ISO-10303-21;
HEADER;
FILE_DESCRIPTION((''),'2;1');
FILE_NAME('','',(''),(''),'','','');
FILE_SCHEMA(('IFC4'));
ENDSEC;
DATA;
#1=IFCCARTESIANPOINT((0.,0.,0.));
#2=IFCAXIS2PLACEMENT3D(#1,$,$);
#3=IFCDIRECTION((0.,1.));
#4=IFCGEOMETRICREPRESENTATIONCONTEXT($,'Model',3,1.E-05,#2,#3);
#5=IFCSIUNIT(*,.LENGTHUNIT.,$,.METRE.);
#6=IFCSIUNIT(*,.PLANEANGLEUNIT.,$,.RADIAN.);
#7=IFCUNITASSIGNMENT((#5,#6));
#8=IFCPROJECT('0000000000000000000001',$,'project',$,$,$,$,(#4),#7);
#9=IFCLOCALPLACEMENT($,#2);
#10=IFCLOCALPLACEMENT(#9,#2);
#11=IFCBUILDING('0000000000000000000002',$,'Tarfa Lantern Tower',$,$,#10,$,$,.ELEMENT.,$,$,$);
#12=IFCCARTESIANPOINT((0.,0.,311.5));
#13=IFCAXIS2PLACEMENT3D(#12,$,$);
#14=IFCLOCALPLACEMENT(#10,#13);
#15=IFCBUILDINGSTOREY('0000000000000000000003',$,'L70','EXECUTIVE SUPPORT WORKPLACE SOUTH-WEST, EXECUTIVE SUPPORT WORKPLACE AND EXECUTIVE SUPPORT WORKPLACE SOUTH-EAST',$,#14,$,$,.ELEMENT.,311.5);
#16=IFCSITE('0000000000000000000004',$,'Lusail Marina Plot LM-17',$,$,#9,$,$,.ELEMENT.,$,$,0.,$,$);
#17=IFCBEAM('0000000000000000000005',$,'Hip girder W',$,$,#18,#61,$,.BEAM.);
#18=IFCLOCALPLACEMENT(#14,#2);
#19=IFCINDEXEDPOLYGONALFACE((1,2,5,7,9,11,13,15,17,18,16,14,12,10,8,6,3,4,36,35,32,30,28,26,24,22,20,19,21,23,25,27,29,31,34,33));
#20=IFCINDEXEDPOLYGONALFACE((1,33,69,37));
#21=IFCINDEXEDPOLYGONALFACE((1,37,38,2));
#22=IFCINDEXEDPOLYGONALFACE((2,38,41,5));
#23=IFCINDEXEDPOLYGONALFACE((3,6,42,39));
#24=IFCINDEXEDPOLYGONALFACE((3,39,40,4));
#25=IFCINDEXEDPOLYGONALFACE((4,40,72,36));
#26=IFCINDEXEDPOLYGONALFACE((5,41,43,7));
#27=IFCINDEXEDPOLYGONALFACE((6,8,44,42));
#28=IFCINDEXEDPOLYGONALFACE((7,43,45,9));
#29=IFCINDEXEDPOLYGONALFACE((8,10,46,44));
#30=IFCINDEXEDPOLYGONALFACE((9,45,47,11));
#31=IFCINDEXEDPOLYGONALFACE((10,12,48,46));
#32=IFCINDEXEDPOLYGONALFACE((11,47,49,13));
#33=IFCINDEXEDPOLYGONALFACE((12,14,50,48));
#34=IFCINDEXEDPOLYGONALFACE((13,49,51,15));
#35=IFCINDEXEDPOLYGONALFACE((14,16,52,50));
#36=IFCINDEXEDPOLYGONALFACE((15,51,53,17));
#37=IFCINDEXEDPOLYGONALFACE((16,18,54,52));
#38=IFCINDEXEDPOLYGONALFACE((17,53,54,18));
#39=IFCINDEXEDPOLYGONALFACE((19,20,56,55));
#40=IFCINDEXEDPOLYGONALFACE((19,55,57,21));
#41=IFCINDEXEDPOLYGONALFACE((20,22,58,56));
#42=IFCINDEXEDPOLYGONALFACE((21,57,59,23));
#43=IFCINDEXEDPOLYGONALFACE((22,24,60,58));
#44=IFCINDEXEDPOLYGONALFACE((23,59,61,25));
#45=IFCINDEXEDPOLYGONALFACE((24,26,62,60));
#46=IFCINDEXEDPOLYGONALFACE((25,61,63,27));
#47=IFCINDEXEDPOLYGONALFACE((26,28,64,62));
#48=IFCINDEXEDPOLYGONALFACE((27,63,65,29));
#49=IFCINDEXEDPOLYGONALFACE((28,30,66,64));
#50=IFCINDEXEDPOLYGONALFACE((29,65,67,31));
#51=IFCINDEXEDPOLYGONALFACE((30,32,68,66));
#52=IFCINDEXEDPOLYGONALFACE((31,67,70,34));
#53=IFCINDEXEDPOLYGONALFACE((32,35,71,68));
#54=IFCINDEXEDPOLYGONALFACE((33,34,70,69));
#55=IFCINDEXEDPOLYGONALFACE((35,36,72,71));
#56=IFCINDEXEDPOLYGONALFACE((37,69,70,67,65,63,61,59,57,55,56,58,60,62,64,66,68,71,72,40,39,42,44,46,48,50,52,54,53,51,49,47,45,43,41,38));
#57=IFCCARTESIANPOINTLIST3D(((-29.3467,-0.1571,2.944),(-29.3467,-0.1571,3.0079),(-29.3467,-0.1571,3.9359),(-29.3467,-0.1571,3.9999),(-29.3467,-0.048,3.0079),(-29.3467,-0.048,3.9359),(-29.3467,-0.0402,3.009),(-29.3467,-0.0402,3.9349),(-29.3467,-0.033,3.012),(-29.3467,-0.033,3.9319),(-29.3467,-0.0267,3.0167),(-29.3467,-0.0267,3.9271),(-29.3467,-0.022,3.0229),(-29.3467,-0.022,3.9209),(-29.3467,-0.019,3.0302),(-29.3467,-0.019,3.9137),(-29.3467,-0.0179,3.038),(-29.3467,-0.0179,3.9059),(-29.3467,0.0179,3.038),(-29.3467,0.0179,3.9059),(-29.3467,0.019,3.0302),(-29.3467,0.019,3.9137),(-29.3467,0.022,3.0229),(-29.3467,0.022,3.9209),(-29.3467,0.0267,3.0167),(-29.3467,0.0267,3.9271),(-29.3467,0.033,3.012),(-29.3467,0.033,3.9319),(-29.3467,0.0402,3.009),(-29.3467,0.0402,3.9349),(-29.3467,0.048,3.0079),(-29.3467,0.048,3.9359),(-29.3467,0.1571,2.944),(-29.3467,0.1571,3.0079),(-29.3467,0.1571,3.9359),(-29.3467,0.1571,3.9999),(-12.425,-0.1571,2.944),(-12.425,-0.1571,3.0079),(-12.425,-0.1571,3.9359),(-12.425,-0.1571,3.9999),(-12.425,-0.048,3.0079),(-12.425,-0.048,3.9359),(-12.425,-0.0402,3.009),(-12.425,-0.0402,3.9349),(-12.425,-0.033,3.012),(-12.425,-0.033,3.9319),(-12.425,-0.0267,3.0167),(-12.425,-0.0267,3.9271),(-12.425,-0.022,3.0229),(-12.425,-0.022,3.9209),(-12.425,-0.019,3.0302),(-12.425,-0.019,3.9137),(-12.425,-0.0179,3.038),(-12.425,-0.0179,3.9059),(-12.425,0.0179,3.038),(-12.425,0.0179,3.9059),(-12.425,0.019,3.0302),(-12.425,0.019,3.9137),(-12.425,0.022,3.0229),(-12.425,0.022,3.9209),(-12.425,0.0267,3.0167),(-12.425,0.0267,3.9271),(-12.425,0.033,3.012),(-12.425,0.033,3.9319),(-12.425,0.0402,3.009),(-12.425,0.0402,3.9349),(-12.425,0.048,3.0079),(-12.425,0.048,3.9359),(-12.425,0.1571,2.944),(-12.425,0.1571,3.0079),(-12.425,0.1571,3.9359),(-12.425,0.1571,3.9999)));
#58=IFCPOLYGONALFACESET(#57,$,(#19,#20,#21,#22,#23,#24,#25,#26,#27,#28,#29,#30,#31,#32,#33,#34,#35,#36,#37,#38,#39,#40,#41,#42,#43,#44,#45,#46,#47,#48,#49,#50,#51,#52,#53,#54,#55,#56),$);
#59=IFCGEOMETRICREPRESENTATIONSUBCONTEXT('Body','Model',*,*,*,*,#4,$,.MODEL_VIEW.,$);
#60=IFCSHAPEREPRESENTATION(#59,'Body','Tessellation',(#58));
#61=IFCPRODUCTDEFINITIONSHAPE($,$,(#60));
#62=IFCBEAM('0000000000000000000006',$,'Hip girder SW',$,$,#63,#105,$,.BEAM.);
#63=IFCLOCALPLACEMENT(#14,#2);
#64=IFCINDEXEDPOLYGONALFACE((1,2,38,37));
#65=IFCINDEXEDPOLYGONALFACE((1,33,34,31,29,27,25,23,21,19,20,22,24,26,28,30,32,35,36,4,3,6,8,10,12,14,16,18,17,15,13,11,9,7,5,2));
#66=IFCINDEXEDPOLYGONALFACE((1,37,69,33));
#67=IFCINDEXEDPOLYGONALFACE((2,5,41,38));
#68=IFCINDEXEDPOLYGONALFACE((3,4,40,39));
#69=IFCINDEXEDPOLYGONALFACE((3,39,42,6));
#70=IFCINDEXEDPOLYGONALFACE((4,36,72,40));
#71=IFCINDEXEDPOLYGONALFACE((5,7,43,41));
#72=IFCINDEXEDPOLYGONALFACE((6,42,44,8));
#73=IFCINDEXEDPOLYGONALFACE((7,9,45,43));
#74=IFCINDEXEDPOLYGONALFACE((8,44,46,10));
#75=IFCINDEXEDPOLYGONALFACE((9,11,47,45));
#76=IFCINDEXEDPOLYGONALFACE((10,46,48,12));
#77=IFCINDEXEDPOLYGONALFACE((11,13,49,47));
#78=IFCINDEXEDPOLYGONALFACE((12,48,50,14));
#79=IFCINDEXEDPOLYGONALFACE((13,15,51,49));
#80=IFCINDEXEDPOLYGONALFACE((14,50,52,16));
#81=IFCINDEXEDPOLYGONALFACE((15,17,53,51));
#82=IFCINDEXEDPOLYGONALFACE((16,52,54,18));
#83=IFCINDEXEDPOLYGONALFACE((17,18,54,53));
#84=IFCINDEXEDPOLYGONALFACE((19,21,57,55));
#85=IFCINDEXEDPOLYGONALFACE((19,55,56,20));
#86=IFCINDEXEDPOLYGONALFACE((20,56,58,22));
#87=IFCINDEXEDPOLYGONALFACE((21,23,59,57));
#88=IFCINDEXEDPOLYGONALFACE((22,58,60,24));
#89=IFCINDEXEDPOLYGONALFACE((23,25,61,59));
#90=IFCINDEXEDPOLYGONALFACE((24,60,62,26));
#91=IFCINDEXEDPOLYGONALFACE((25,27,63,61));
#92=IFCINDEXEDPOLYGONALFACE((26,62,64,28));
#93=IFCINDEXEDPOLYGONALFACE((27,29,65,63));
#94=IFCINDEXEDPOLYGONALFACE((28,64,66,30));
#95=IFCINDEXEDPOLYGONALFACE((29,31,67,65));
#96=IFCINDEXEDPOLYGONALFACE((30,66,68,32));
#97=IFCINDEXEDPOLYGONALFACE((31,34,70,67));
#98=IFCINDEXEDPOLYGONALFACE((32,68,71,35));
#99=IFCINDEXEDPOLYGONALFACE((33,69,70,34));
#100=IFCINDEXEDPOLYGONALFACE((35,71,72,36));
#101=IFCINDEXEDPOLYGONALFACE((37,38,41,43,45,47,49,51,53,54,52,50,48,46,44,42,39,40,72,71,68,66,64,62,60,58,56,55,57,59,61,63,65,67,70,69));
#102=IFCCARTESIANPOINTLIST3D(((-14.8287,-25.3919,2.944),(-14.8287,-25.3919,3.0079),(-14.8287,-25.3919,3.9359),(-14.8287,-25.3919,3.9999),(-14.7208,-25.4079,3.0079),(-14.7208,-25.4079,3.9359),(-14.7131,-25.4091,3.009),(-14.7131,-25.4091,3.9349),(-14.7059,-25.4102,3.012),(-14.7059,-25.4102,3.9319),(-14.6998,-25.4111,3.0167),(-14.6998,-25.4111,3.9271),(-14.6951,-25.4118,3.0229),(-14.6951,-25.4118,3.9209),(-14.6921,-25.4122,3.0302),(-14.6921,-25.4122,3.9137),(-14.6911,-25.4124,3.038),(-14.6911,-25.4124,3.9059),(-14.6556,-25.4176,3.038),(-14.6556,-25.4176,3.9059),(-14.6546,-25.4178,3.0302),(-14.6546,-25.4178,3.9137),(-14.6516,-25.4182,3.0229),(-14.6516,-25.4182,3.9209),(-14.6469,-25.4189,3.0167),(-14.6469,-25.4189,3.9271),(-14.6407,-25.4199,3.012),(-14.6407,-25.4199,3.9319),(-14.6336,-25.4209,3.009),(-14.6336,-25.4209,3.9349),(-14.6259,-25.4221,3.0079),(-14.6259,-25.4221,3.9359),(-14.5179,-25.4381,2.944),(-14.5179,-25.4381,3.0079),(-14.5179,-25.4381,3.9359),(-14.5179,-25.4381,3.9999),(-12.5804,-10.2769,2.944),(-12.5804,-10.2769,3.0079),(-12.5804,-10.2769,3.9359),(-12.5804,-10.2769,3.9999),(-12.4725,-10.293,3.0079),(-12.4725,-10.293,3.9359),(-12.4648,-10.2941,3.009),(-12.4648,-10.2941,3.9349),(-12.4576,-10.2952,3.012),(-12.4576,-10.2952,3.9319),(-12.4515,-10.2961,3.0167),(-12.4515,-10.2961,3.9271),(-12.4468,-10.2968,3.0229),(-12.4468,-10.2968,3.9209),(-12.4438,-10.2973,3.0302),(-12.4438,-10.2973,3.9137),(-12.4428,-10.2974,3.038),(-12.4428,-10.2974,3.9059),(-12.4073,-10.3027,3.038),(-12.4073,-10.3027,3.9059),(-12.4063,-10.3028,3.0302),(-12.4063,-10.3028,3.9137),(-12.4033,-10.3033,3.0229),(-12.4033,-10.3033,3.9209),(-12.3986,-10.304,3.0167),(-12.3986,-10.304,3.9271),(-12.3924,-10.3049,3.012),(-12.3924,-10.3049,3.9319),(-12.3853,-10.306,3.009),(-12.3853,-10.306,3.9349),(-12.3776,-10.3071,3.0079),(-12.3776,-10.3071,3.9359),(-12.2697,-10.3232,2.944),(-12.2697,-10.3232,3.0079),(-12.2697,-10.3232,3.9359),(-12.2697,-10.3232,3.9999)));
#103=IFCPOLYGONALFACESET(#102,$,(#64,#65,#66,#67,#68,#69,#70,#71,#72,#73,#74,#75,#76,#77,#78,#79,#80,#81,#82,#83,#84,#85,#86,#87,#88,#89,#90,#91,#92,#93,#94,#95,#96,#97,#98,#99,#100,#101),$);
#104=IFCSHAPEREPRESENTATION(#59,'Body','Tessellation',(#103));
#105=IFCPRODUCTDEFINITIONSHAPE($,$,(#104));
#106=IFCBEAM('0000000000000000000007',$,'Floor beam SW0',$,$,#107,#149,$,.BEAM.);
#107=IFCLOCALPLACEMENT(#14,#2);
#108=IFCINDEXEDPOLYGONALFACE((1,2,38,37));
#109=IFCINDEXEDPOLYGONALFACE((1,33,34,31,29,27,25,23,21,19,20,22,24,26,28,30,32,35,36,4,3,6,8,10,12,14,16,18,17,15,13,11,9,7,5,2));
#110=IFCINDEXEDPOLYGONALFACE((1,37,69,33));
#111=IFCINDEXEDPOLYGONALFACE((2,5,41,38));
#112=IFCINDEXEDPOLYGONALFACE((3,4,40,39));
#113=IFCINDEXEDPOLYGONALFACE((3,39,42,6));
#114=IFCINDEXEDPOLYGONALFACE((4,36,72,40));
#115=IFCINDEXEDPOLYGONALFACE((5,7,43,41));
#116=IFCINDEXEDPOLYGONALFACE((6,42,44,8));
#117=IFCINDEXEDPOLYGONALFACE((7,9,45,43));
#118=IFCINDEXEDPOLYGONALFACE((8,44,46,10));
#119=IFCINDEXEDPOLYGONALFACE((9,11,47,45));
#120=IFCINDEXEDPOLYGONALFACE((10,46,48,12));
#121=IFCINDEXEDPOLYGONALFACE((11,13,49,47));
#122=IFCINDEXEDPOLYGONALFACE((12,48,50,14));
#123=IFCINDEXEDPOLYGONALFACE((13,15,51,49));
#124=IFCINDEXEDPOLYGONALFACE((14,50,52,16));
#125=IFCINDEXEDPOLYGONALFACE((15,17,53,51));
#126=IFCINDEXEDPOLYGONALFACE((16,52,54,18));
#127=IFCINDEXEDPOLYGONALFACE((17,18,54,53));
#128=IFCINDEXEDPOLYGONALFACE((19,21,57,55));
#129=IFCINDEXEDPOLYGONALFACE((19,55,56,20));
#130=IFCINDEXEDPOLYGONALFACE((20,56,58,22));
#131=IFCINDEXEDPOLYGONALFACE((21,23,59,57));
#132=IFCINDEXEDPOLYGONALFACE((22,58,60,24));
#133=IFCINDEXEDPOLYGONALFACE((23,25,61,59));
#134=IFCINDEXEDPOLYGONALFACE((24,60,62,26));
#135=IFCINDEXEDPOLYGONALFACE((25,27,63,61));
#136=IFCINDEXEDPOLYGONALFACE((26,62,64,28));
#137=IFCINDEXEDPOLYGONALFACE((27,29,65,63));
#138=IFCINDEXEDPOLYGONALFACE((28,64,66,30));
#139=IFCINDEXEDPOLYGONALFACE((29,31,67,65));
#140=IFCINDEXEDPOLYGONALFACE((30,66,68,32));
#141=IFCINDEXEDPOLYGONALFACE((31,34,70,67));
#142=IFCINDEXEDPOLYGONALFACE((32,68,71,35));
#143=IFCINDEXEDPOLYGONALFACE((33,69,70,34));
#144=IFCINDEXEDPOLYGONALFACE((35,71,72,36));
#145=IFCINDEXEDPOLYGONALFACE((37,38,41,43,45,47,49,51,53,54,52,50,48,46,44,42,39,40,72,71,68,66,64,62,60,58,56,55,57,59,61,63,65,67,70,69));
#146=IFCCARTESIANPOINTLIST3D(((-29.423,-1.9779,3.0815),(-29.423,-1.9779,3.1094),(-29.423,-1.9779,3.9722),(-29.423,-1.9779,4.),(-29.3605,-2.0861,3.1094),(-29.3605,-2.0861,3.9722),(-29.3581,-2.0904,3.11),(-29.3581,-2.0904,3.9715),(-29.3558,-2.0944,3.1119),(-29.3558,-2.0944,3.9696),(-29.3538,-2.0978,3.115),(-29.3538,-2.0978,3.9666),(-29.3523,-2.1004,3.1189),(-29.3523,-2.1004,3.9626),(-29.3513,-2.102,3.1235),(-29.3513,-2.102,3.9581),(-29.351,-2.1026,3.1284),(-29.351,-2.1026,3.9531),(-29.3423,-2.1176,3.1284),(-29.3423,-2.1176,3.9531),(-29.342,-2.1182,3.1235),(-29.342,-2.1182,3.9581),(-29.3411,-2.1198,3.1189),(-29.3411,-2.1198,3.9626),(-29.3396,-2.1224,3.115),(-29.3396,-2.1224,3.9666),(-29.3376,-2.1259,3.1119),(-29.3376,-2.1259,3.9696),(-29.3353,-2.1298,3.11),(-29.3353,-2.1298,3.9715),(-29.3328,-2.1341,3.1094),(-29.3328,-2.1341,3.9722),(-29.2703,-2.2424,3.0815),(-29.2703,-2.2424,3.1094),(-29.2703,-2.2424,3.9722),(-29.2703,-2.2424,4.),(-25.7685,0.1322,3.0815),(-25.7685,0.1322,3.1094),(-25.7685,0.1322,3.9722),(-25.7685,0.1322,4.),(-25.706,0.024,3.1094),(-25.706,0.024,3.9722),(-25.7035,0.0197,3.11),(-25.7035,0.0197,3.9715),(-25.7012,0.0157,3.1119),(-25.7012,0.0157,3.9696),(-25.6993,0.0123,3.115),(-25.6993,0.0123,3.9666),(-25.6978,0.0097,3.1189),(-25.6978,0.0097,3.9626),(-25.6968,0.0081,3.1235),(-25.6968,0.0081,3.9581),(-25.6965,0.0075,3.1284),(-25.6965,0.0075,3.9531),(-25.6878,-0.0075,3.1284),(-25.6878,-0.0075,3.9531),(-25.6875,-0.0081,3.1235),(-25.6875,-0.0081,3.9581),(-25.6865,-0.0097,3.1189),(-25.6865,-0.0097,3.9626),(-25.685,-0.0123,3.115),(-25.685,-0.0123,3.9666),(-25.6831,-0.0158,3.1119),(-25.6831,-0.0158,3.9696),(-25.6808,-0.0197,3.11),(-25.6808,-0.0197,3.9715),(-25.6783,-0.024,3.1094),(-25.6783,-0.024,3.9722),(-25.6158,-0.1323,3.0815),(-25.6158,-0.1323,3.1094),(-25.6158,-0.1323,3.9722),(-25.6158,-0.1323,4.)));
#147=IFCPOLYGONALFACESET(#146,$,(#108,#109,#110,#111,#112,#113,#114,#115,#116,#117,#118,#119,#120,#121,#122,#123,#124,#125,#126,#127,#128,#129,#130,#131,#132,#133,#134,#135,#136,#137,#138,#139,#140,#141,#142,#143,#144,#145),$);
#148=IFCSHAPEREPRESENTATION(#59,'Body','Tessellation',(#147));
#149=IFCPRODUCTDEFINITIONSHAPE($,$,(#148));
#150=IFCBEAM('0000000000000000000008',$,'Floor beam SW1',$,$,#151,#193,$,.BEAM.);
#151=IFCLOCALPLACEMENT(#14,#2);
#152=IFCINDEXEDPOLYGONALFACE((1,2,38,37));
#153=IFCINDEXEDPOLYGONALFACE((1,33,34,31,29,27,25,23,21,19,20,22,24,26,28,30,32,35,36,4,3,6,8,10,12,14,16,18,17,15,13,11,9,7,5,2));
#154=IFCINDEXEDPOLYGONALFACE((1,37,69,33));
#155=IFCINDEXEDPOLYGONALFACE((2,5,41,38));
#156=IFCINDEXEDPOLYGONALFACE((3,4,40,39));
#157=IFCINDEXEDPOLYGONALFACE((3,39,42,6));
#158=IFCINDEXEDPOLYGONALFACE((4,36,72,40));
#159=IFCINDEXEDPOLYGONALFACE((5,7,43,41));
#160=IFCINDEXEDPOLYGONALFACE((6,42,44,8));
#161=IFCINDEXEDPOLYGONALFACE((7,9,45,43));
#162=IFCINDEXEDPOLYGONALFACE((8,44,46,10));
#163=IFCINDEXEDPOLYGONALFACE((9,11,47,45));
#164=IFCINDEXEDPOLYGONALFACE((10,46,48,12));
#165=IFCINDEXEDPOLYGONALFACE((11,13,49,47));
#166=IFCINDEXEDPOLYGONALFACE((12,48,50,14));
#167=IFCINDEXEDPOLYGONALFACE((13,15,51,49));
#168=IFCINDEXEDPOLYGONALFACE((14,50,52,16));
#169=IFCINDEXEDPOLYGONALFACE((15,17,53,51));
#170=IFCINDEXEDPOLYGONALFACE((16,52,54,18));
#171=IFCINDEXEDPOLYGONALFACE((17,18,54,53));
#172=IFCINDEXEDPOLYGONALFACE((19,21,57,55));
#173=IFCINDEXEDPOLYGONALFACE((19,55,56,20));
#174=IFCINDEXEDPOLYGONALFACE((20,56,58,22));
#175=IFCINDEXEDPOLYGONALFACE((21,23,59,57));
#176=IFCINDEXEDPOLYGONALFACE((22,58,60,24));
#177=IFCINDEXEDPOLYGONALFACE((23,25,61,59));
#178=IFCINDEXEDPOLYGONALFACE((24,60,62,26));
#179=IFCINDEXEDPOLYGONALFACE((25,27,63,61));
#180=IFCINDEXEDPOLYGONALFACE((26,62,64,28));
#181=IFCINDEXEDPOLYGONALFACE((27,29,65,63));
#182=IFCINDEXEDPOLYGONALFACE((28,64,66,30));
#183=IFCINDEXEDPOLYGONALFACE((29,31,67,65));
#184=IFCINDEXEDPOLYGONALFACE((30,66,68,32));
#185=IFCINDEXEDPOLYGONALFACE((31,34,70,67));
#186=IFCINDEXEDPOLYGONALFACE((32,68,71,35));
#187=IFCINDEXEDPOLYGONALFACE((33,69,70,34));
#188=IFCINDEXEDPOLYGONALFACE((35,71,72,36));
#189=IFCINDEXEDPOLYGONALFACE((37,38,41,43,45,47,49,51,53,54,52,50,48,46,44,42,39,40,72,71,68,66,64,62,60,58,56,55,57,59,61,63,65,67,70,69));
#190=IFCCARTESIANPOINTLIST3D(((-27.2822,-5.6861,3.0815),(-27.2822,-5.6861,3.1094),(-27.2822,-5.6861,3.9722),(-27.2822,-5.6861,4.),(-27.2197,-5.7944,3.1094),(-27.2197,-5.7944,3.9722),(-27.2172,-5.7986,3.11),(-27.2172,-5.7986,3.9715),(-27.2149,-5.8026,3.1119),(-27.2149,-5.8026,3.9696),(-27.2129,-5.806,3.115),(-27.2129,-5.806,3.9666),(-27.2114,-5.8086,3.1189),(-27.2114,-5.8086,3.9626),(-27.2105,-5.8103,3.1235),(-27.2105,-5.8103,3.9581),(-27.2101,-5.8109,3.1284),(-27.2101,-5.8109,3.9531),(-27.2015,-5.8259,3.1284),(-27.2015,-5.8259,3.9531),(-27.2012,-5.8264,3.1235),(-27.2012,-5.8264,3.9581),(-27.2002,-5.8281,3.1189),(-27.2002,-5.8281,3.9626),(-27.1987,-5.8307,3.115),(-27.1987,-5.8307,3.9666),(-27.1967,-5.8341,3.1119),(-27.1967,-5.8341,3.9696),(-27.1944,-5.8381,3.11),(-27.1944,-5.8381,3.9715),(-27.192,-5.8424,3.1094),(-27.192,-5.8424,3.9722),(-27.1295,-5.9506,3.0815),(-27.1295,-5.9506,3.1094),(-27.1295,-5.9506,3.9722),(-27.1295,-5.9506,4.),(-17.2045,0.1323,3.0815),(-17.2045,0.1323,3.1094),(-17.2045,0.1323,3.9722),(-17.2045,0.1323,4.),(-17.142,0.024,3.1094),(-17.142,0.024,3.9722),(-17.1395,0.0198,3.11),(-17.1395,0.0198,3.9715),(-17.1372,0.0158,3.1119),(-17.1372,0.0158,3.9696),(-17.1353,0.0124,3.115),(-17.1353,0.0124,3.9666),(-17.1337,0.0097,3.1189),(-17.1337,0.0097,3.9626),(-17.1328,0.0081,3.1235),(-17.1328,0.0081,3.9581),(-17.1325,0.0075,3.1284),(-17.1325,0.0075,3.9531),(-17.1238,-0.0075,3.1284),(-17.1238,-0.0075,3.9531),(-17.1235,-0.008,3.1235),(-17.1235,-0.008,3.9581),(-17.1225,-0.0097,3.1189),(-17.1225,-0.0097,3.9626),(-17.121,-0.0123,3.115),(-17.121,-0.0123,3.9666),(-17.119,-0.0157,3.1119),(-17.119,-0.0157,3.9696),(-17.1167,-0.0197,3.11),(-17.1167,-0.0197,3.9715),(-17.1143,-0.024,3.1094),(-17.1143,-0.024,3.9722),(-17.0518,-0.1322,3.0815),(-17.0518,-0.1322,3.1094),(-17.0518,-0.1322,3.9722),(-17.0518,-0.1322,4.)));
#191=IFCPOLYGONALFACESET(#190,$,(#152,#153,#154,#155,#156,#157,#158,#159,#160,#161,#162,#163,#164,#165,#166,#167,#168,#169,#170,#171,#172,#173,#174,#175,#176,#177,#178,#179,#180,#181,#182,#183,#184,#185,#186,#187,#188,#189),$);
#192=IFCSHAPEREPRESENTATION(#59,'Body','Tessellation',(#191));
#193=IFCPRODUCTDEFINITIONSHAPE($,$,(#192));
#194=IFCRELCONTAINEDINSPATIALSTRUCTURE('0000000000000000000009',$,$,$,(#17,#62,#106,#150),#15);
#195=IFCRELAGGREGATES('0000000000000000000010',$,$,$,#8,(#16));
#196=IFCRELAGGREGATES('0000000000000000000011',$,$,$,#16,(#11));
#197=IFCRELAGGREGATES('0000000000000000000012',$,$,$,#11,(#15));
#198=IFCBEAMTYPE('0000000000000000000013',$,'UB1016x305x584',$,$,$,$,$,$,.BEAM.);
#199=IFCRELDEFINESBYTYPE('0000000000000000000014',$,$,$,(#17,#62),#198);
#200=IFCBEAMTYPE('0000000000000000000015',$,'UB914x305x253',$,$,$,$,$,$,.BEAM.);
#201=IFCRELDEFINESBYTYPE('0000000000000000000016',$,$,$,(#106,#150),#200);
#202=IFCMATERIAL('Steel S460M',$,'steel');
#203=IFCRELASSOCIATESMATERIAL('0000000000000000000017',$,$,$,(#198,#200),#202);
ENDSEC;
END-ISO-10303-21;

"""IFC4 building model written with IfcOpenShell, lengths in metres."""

from ifc_helpers import new_model, si_unit, direction, frame, origin, origin_2d, place, context, subcontext, project, spatial, i_section, extrude, material, material_profile, profile_set, type_object, element, save


model = new_model("IFC4")

# Units and contexts
model_context = context("Model", 3, precision=1e-05, world=origin(), true_north=direction((0.0, 1.0)))
body_context = subcontext(model_context, "Body", "Model", "MODEL_VIEW")
ifc_project = project(units=[si_unit("LENGTHUNIT", "METRE"), si_unit("PLANEANGLEUNIT", "RADIAN")], contexts=[model_context])

# Site, building, storey
site_placement = place(None, origin())
site = spatial("IfcSite", under=ifc_project, at=site_placement, Name="Lusail Marina Plot LM-17", CompositionType="ELEMENT", RefElevation=0.0)
building_placement = place(site_placement, origin())
building = spatial("IfcBuilding", under=site, at=building_placement, Name="Tarfa Lantern Tower", CompositionType="ELEMENT")
storey_placement = place(building_placement, frame((0.0, 0.0, 311.5)))
storey = spatial("IfcBuildingStorey", under=building, at=storey_placement, Name="L70", Description="EXECUTIVE SUPPORT WORKPLACE SOUTH-WEST, EXECUTIVE SUPPORT WORKPLACE AND EXECUTIVE SUPPORT WORKPLACE SOUTH-EAST", CompositionType="ELEMENT", Elevation=311.5)

# Shared definitions
ifc_material_1 = material(Name="Steel S460M", Category="steel")

# Beams
ifc_material_profile_1 = material_profile(ifc_material_1, i_section(OverallWidth=0.3142, OverallDepth=1.0559, WebThickness=0.0359, FlangeThickness=0.064, FilletRadius=0.03, at=origin_2d()), Name="UB1016x305x584")
ifc_profile_set_1 = profile_set([ifc_material_profile_1], Name="Steel S460M")
beam_type_1 = type_object("IfcBeamType", Name="UB1016x305x584", PredefinedType="BEAM", material=ifc_profile_set_1)
beam_1_placement = place(storey_placement, frame((-12.425, 0.0, 3.4719), z_axis=(-1.0, 0.0, 0.0), x_axis=(0.0, -1.0, 0.0)))
element("IfcBeam", 1, at=beam_1_placement, inside=storey, type_object=beam_type_1, Name="Hip girder W", PredefinedType="BEAM", context=body_context, shape_type="SweptSolid", body=[
    extrude(i_section(OverallWidth=0.3142, OverallDepth=1.0559, WebThickness=0.0359, FlangeThickness=0.064, FilletRadius=0.03, at=origin_2d()), origin(), (0.0, 0.0, 1.0), 16.9216),
])
beam_2_placement = place(storey_placement, frame((-12.425, -10.3, 3.4719), z_axis=(-0.147127, -0.989118, 0.0), x_axis=(0.989118, -0.147127, 0.0)))
element("IfcBeam", 2, at=beam_2_placement, inside=storey, type_object=beam_type_1, Name="Hip girder SW", PredefinedType="BEAM", context=body_context, shape_type="SweptSolid", body=[
    extrude(i_section(OverallWidth=0.3142, OverallDepth=1.0559, WebThickness=0.0359, FlangeThickness=0.064, FilletRadius=0.03, at=origin_2d()), origin(), (0.0, 0.0, 1.0), 15.2812),
])
ifc_material_profile_2 = material_profile(ifc_material_1, i_section(OverallWidth=0.3054, OverallDepth=0.9185, WebThickness=0.0173, FlangeThickness=0.0278, FilletRadius=0.019, at=origin_2d()), Name="UB914x305x253")
ifc_profile_set_2 = profile_set([ifc_material_profile_2], Name="Steel S460M")
beam_type_2 = type_object("IfcBeamType", Name="UB914x305x253", PredefinedType="BEAM", material=ifc_profile_set_2)
beam_3_placement = place(storey_placement, frame((-29.3467, -2.1101, 3.5408), z_axis=(0.866009, 0.500028, 0.0), x_axis=(-0.500028, 0.866009, 0.0)))
element("IfcBeam", 3, at=beam_3_placement, inside=storey, type_object=beam_type_2, Name="Floor beam SW0", PredefinedType="BEAM", context=body_context, shape_type="SweptSolid", body=[
    extrude(i_section(OverallWidth=0.3054, OverallDepth=0.9185, WebThickness=0.0173, FlangeThickness=0.0278, FilletRadius=0.019, at=origin_2d()), origin(), (0.0, 0.0, 1.0), 4.22),
])
beam_4_placement = place(storey_placement, frame((-27.2058, -5.8184, 3.5408), z_axis=(0.866024, 0.500002, 0.0), x_axis=(-0.500002, 0.866024, 0.0)))
element("IfcBeam", 4, at=beam_4_placement, inside=storey, type_object=beam_type_2, Name="Floor beam SW1", PredefinedType="BEAM", context=body_context, shape_type="SweptSolid", body=[
    extrude(i_section(OverallWidth=0.3054, OverallDepth=0.9185, WebThickness=0.0173, FlangeThickness=0.0278, FilletRadius=0.019, at=origin_2d()), origin(), (0.0, 0.0, 1.0), 11.6367),
])

save(model, "model.ifc")
